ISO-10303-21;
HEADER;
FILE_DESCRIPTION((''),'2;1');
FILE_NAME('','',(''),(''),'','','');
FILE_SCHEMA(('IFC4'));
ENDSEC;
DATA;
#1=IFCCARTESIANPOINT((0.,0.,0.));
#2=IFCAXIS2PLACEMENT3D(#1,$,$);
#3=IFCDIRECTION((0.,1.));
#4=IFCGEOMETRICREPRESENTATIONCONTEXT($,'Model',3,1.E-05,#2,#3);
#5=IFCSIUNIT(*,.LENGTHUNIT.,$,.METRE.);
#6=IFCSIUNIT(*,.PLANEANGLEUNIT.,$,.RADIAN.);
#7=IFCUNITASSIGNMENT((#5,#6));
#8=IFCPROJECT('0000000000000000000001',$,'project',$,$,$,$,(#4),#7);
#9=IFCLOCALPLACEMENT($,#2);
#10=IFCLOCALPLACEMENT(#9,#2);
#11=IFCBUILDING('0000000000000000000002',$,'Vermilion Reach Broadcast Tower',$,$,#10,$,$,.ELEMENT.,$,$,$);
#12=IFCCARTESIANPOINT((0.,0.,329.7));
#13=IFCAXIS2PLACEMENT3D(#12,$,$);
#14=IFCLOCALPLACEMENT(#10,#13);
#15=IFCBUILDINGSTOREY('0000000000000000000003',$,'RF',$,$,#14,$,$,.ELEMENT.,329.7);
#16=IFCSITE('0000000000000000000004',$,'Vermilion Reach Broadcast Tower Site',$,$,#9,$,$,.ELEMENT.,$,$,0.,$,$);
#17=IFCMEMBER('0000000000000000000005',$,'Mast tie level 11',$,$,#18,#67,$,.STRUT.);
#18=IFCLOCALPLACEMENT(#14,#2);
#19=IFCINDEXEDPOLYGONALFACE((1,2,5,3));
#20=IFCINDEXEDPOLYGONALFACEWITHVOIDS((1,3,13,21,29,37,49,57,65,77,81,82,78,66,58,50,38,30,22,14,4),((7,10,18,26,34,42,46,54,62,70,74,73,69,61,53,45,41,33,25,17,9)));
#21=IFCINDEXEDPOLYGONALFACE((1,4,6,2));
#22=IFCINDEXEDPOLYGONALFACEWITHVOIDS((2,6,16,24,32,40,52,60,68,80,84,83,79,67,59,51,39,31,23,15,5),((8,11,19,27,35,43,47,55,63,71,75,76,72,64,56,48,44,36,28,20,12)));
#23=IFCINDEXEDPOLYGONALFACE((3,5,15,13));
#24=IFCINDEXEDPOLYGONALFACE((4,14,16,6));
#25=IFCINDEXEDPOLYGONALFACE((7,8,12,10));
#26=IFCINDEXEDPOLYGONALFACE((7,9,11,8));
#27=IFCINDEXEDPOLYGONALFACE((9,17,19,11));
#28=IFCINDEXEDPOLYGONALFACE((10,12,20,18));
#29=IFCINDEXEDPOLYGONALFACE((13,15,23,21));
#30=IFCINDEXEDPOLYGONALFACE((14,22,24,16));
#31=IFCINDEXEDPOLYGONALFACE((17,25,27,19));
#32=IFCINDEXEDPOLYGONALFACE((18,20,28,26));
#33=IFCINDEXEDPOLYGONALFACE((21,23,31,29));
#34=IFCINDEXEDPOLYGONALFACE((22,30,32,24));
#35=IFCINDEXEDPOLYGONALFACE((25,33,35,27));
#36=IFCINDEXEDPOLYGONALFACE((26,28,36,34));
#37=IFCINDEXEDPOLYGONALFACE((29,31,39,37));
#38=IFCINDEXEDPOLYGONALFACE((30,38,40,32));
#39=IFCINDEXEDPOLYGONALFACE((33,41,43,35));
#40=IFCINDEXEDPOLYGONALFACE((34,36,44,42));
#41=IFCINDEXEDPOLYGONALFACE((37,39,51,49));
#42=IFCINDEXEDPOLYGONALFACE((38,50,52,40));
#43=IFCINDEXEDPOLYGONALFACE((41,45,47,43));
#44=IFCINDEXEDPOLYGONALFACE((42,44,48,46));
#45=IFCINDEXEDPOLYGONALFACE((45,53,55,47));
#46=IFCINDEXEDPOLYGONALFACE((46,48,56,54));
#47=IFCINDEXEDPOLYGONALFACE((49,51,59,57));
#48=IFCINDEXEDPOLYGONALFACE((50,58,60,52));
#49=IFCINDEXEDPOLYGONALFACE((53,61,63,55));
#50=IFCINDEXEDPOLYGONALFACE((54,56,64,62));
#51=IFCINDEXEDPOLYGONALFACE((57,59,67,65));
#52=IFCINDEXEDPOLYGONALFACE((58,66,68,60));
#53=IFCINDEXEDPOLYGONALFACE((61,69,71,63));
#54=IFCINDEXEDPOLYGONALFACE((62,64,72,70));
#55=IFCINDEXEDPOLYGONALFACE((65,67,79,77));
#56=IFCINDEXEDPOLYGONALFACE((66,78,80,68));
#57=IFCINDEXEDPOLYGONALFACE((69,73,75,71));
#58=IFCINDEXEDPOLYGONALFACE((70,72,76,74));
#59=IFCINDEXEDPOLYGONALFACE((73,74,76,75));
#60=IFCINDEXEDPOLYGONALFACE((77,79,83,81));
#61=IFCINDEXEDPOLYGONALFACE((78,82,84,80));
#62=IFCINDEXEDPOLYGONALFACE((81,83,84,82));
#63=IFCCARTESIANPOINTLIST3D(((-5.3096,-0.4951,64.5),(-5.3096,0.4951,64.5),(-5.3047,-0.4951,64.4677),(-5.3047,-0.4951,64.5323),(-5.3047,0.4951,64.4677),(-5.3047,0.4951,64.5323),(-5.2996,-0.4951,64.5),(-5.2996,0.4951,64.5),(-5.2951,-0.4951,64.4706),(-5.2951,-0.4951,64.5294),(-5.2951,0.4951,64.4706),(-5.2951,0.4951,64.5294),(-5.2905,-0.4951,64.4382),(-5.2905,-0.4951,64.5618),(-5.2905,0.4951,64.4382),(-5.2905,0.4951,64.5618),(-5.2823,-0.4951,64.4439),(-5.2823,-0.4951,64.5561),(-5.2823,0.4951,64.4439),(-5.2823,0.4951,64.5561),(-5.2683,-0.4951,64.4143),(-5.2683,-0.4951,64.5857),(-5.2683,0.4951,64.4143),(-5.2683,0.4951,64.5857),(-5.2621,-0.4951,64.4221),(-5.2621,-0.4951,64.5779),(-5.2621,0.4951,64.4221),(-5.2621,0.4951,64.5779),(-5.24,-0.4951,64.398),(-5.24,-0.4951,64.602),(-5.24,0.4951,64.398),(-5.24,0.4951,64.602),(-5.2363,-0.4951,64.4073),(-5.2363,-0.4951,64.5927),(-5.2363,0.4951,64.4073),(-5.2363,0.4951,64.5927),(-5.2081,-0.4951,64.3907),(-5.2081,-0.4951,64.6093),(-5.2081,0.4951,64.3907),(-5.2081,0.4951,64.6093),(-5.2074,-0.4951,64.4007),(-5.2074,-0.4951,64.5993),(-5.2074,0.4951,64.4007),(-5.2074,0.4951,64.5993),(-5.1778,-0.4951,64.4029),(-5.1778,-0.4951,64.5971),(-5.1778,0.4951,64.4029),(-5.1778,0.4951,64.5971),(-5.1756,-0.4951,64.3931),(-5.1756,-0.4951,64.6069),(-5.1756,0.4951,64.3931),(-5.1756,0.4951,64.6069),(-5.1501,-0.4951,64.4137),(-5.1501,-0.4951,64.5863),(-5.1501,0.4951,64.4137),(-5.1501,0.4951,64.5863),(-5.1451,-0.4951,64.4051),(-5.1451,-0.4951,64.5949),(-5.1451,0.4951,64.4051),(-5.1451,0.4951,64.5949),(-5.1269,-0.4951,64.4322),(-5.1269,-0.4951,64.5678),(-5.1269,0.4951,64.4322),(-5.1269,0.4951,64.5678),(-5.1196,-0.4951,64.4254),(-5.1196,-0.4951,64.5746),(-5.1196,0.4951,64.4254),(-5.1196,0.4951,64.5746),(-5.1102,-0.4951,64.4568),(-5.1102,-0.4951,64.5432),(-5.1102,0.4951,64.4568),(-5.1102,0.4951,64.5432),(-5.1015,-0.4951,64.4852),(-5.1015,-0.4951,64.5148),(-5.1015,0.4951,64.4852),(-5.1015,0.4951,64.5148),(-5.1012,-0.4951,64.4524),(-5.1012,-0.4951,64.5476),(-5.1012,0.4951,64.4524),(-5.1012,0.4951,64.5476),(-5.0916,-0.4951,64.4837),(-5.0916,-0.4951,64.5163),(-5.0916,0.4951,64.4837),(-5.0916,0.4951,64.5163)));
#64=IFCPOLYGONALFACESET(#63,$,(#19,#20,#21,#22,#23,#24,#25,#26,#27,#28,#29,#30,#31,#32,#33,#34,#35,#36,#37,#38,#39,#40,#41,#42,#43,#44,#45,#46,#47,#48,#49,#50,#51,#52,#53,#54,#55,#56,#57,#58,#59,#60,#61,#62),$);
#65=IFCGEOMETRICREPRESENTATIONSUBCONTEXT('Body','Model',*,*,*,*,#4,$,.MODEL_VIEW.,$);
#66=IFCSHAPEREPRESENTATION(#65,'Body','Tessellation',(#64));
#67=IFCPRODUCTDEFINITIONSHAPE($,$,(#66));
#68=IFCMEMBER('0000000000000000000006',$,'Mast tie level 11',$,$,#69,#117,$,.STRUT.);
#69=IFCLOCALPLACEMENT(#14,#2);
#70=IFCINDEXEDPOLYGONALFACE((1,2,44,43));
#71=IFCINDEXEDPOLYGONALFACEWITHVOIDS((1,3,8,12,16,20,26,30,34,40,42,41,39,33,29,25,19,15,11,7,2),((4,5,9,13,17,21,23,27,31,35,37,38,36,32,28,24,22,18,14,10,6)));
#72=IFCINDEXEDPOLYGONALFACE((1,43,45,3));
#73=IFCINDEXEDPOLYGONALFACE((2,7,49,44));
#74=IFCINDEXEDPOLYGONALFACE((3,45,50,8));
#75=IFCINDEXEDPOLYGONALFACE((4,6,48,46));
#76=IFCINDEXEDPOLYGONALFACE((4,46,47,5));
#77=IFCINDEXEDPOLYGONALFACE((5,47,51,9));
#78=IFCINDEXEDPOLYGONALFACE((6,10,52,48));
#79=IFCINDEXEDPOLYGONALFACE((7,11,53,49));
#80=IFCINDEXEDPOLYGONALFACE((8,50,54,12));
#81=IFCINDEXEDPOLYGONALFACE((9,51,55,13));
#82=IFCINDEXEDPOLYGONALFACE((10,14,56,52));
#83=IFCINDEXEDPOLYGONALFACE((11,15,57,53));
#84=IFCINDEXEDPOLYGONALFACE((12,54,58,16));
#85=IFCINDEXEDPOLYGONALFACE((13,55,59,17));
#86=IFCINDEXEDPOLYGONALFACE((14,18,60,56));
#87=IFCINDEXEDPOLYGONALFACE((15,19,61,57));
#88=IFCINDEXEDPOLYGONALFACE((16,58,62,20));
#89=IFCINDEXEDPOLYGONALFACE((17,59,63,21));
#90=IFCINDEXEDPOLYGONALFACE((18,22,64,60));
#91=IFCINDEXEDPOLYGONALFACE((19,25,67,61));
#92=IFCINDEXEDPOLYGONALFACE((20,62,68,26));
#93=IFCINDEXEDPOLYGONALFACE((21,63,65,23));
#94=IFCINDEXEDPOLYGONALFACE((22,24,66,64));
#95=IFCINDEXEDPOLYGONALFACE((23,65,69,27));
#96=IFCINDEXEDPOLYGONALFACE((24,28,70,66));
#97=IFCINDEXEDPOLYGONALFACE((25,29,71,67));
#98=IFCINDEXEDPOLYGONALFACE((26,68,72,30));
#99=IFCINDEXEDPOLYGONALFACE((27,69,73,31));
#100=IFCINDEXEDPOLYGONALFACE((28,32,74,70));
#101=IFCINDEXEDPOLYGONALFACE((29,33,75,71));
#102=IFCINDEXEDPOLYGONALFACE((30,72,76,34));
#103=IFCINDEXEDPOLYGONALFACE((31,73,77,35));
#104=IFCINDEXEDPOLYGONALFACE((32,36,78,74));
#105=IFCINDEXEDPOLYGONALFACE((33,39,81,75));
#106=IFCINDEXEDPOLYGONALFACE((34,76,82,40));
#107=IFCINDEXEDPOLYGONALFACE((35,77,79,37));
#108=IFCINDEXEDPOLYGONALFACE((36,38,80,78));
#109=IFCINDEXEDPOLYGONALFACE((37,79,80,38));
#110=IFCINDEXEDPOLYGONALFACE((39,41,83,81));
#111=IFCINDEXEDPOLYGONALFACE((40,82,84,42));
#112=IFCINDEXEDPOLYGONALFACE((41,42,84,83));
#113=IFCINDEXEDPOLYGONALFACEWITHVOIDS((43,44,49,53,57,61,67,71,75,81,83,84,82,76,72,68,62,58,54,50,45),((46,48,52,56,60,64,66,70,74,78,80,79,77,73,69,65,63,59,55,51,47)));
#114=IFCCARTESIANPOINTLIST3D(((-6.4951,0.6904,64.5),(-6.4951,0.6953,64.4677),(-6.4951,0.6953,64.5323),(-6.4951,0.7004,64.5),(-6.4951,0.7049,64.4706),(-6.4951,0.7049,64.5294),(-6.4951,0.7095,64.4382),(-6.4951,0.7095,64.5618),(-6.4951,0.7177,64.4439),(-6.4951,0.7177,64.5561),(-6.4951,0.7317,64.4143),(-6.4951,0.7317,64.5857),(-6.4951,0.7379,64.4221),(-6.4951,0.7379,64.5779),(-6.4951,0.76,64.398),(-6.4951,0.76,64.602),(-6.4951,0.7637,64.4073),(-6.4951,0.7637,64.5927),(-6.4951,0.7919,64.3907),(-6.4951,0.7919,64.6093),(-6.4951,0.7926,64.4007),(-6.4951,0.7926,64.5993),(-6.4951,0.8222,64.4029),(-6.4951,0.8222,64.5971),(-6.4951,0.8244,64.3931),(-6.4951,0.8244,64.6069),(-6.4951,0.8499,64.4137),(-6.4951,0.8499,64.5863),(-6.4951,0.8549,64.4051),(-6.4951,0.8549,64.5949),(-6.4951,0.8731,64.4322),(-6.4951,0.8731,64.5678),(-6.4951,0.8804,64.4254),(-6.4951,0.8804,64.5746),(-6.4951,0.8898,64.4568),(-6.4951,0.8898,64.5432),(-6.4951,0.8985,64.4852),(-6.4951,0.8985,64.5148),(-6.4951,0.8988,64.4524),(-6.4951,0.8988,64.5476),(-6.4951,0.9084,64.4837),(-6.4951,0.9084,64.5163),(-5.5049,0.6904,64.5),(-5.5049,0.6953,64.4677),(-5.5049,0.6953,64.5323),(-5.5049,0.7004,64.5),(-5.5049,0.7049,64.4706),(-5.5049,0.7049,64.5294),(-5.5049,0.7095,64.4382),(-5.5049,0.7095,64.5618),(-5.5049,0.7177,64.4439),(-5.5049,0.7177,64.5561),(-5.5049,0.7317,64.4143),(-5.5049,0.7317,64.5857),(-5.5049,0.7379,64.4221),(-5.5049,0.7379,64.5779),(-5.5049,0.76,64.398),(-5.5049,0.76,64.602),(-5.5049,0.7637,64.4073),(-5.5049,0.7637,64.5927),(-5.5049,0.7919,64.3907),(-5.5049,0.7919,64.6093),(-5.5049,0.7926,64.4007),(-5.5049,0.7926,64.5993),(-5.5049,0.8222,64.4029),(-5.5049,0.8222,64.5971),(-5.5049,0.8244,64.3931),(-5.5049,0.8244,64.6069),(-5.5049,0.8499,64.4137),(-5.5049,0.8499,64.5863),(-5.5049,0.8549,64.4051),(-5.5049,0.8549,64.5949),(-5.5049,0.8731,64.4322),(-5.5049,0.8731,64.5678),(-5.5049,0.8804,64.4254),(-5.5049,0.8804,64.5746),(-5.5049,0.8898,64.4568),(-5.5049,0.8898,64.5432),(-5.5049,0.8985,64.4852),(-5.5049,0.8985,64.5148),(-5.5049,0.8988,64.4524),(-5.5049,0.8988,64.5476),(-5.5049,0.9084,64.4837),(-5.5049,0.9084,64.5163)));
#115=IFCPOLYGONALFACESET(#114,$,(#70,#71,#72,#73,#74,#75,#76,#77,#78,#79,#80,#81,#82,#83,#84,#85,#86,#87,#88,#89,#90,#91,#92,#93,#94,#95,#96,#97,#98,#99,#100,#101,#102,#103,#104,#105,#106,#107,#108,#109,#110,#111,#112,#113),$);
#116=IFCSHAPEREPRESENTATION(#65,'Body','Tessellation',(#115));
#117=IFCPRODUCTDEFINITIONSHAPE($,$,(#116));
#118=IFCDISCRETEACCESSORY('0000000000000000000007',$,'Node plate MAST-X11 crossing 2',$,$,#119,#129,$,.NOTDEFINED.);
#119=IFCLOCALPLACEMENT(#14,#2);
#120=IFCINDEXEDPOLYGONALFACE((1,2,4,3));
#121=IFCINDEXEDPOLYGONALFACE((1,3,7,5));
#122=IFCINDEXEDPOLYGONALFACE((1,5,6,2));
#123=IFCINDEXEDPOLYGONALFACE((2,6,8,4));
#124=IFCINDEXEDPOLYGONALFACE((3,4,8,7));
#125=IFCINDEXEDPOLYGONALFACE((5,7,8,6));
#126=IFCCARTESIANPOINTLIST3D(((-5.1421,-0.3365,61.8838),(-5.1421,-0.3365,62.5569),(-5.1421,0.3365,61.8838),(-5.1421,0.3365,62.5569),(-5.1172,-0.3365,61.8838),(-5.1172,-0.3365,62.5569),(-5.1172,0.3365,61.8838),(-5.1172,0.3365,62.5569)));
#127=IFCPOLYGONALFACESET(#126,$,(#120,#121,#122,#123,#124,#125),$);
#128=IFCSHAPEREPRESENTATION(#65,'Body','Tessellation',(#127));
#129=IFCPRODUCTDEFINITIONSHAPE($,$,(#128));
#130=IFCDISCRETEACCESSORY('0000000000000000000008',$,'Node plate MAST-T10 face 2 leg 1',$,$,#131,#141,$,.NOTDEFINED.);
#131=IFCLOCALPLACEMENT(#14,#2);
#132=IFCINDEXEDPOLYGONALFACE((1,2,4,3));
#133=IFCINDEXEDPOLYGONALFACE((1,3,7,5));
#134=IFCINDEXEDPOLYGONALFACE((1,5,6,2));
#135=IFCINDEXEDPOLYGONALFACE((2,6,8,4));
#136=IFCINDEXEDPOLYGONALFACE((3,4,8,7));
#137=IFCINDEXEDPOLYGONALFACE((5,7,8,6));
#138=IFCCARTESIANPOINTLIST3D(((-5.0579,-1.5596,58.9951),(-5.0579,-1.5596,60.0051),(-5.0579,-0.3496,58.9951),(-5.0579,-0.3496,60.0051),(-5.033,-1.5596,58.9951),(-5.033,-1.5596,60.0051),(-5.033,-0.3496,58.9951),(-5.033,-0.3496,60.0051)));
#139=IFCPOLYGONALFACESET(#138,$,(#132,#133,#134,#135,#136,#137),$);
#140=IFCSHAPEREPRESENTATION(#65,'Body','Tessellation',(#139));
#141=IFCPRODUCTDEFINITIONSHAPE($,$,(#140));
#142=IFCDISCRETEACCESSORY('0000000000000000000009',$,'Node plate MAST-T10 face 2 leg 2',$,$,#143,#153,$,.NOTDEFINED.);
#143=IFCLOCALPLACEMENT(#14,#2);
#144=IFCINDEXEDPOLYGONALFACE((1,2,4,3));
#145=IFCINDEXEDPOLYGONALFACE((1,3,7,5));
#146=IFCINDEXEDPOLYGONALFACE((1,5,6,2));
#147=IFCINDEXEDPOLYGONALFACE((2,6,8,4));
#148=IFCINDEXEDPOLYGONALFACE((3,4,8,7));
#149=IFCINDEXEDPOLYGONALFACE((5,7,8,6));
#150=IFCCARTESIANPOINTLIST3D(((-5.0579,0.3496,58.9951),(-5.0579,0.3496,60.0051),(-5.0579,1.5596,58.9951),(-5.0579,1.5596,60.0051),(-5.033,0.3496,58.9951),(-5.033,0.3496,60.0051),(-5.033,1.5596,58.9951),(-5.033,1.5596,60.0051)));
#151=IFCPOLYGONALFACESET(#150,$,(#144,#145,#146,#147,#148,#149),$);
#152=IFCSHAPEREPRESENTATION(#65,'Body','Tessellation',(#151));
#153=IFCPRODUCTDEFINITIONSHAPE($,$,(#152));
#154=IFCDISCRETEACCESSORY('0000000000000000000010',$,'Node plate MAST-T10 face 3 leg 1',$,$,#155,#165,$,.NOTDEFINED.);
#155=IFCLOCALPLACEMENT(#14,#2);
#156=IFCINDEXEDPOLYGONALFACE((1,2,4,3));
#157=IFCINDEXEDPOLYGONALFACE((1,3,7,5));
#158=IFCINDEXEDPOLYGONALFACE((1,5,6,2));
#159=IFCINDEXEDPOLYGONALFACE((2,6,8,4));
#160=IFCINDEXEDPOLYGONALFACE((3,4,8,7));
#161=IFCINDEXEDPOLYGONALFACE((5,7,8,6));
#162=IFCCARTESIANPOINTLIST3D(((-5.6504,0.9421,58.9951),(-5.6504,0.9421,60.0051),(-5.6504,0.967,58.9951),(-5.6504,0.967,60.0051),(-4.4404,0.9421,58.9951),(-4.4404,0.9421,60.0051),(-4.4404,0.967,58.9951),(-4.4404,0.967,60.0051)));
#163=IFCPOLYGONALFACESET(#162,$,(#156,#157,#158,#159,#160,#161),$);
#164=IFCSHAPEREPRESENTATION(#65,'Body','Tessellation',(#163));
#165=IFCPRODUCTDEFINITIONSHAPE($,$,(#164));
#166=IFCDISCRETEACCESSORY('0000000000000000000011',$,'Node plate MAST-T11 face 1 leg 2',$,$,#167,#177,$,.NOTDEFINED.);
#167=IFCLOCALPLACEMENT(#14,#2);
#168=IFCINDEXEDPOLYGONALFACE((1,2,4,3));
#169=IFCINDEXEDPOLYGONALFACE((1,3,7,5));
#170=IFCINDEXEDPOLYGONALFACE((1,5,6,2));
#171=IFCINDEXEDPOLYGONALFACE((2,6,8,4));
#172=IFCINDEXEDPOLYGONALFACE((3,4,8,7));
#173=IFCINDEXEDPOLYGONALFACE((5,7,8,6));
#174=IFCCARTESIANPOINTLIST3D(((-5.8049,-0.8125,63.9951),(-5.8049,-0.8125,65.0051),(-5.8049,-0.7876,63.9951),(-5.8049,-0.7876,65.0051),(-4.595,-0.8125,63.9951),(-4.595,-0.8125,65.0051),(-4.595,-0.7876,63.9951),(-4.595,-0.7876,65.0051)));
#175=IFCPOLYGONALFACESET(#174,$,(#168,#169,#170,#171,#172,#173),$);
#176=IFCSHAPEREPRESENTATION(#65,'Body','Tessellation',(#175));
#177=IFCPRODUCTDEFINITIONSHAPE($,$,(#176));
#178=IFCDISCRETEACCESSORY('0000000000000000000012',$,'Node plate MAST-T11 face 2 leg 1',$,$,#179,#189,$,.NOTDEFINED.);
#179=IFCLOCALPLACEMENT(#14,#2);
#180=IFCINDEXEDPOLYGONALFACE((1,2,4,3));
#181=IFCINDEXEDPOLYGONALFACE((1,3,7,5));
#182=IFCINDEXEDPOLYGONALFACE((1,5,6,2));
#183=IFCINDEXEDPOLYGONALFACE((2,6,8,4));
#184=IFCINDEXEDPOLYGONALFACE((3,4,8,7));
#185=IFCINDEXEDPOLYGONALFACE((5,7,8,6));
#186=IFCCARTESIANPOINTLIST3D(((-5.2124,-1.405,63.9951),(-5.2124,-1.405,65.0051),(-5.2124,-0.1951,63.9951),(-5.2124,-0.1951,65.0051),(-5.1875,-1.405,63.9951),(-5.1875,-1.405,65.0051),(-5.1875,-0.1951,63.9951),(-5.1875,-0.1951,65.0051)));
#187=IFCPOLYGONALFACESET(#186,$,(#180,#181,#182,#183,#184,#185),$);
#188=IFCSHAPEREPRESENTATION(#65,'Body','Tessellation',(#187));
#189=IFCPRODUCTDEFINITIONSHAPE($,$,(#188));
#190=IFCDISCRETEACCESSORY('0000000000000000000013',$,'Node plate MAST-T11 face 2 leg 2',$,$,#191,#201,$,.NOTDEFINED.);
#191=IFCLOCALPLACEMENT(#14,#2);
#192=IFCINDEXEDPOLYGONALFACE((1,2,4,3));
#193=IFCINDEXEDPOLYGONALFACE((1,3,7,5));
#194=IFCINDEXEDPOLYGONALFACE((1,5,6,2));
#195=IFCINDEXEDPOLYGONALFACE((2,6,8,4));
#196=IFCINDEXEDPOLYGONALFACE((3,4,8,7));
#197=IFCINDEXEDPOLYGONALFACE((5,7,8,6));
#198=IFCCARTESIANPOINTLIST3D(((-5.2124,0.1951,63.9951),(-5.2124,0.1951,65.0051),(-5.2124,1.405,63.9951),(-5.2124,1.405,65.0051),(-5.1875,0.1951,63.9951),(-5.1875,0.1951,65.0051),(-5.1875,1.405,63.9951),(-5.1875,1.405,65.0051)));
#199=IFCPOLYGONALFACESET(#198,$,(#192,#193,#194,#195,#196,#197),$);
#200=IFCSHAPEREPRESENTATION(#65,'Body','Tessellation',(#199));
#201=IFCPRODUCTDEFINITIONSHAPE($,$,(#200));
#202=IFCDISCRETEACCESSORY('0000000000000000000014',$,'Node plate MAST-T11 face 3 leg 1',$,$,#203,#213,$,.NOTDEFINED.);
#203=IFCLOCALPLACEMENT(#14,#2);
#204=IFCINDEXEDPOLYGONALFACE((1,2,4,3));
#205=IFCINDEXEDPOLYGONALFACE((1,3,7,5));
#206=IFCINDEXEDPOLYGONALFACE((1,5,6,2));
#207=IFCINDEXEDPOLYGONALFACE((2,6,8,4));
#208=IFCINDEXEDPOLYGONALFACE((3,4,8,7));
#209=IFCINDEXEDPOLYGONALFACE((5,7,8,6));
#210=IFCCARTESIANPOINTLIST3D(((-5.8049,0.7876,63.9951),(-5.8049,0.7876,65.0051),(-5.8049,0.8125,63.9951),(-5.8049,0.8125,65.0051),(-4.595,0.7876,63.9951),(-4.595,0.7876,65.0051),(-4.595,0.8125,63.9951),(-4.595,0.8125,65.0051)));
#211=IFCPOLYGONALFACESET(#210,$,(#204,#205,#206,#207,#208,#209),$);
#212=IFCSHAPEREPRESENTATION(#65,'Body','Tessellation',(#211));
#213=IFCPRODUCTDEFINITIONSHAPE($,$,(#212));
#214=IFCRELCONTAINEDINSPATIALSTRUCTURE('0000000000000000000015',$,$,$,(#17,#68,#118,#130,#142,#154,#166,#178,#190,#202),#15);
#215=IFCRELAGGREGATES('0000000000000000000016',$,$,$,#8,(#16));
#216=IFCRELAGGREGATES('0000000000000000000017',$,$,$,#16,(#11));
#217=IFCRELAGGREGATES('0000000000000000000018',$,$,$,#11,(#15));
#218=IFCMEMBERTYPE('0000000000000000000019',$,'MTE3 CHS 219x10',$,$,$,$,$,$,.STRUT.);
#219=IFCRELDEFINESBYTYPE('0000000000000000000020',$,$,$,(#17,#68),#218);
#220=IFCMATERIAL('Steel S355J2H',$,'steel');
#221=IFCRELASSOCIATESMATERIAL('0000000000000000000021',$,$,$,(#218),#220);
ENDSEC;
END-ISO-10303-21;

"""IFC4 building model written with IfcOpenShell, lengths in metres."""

from ifc_helpers import new_model, si_unit, direction, frame, origin, origin_2d, place, context, subcontext, project, spatial, rectangle, hollow_circle, extrude, material, material_profile, profile_set, type_object, element, save


model = new_model("IFC4")

# Units and contexts
model_context = context("Model", 3, precision=1e-05, world=origin(), true_north=direction((0.0, 1.0)))
body_context = subcontext(model_context, "Body", "Model", "MODEL_VIEW")
ifc_project = project(units=[si_unit("LENGTHUNIT", "METRE"), si_unit("PLANEANGLEUNIT", "RADIAN")], contexts=[model_context])

# Site, building, storey
site_placement = place(None, origin())
site = spatial("IfcSite", under=ifc_project, at=site_placement, Name="Vermilion Reach Broadcast Tower Site", CompositionType="ELEMENT", RefElevation=0.0)
building_placement = place(site_placement, origin())
building = spatial("IfcBuilding", under=site, at=building_placement, Name="Vermilion Reach Broadcast Tower", CompositionType="ELEMENT")
storey_placement = place(building_placement, frame((0.0, 0.0, 329.7)))
storey = spatial("IfcBuildingStorey", under=building, at=storey_placement, Name="RF", CompositionType="ELEMENT", Elevation=329.7)

# Members
ifc_material_1 = material(Name="Steel S355J2H", Category="steel")
ifc_material_profile_1 = material_profile(ifc_material_1, hollow_circle(Radius=0.1096, WallThickness=0.01, at=origin_2d()), Name="S355J2H CHS 219x10")
ifc_profile_set_1 = profile_set([ifc_material_profile_1], Name="Steel S355J2H")
member_type_1 = type_object("IfcMemberType", Name="MTE3 CHS 219x10", PredefinedType="STRUT", material=ifc_profile_set_1)
for number, where, z_axis, x_axis, name in (
    (1, (-5.2, -0.4951, 64.5), (0.0, 1.0, 0.0), (-1.0, 0.0, 0.0), "Mast tie level 11"),
    (2, (-5.5049, 0.8, 64.5), (-1.0, 0.0, 0.0), (0.0, -1.0, 0.0), "Mast tie level 11"),
):
    element("IfcMember", number, at=place(storey_placement, frame(where, z_axis=z_axis, x_axis=x_axis)), inside=storey, type_object=member_type_1, Name=name, PredefinedType="STRUT", context=body_context, shape_type="SweptSolid", body=[
        extrude(hollow_circle(Radius=0.1096, WallThickness=0.01, at=origin_2d()), origin(), (0.0, 0.0, 1.0), 0.9902),
    ])

# Discrete accessories
discrete_accessory_1_placement = place(storey_placement, frame((-5.1296, 0.0, 61.8838), z_axis=(0.0, 0.0, 1.0), x_axis=(-1.0, 0.0, 0.0)))
element("IfcDiscreteAccessory", 3, at=discrete_accessory_1_placement, inside=storey, Name="Node plate MAST-X11 crossing 2", PredefinedType="NOTDEFINED", context=body_context, shape_type="SweptSolid", body=[
    extrude(rectangle(XDim=0.0249, YDim=0.6731, at=origin_2d()), origin(), (0.0, 0.0, 1.0), 0.6731),
])
for number, where, z_axis, x_axis, name in (
    (4, (-5.0454, -0.9546, 58.9951), (0.0, 0.0, 1.0), (-1.0, 0.0, 0.0), "Node plate MAST-T10 face 2 leg 1"),
    (5, (-5.0454, 0.9546, 58.9951), (0.0, 0.0, 1.0), (-1.0, 0.0, 0.0), "Node plate MAST-T10 face 2 leg 2"),
    (6, (-5.0454, 0.9546, 58.9951), (0.0, 0.0, 1.0), (0.0, -1.0, 0.0), "Node plate MAST-T10 face 3 leg 1"),
    (7, (-5.2, -0.8, 63.9951), (0.0, 0.0, 1.0), (0.0, 1.0, 0.0), "Node plate MAST-T11 face 1 leg 2"),
    (8, (-5.2, -0.8, 63.9951), (0.0, 0.0, 1.0), (-1.0, 0.0, 0.0), "Node plate MAST-T11 face 2 leg 1"),
    (9, (-5.2, 0.8, 63.9951), (0.0, 0.0, 1.0), (-1.0, 0.0, 0.0), "Node plate MAST-T11 face 2 leg 2"),
    (10, (-5.2, 0.8, 63.9951), (0.0, 0.0, 1.0), (0.0, -1.0, 0.0), "Node plate MAST-T11 face 3 leg 1"),
):
    element("IfcDiscreteAccessory", number, at=place(storey_placement, frame(where, z_axis=z_axis, x_axis=x_axis)), inside=storey, Name=name, PredefinedType="NOTDEFINED", context=body_context, shape_type="SweptSolid", body=[
        extrude(rectangle(XDim=0.0249, YDim=1.21, at=origin_2d()), origin(), (0.0, 0.0, 1.0), 1.01),
    ])

save(model, "model.ifc")
